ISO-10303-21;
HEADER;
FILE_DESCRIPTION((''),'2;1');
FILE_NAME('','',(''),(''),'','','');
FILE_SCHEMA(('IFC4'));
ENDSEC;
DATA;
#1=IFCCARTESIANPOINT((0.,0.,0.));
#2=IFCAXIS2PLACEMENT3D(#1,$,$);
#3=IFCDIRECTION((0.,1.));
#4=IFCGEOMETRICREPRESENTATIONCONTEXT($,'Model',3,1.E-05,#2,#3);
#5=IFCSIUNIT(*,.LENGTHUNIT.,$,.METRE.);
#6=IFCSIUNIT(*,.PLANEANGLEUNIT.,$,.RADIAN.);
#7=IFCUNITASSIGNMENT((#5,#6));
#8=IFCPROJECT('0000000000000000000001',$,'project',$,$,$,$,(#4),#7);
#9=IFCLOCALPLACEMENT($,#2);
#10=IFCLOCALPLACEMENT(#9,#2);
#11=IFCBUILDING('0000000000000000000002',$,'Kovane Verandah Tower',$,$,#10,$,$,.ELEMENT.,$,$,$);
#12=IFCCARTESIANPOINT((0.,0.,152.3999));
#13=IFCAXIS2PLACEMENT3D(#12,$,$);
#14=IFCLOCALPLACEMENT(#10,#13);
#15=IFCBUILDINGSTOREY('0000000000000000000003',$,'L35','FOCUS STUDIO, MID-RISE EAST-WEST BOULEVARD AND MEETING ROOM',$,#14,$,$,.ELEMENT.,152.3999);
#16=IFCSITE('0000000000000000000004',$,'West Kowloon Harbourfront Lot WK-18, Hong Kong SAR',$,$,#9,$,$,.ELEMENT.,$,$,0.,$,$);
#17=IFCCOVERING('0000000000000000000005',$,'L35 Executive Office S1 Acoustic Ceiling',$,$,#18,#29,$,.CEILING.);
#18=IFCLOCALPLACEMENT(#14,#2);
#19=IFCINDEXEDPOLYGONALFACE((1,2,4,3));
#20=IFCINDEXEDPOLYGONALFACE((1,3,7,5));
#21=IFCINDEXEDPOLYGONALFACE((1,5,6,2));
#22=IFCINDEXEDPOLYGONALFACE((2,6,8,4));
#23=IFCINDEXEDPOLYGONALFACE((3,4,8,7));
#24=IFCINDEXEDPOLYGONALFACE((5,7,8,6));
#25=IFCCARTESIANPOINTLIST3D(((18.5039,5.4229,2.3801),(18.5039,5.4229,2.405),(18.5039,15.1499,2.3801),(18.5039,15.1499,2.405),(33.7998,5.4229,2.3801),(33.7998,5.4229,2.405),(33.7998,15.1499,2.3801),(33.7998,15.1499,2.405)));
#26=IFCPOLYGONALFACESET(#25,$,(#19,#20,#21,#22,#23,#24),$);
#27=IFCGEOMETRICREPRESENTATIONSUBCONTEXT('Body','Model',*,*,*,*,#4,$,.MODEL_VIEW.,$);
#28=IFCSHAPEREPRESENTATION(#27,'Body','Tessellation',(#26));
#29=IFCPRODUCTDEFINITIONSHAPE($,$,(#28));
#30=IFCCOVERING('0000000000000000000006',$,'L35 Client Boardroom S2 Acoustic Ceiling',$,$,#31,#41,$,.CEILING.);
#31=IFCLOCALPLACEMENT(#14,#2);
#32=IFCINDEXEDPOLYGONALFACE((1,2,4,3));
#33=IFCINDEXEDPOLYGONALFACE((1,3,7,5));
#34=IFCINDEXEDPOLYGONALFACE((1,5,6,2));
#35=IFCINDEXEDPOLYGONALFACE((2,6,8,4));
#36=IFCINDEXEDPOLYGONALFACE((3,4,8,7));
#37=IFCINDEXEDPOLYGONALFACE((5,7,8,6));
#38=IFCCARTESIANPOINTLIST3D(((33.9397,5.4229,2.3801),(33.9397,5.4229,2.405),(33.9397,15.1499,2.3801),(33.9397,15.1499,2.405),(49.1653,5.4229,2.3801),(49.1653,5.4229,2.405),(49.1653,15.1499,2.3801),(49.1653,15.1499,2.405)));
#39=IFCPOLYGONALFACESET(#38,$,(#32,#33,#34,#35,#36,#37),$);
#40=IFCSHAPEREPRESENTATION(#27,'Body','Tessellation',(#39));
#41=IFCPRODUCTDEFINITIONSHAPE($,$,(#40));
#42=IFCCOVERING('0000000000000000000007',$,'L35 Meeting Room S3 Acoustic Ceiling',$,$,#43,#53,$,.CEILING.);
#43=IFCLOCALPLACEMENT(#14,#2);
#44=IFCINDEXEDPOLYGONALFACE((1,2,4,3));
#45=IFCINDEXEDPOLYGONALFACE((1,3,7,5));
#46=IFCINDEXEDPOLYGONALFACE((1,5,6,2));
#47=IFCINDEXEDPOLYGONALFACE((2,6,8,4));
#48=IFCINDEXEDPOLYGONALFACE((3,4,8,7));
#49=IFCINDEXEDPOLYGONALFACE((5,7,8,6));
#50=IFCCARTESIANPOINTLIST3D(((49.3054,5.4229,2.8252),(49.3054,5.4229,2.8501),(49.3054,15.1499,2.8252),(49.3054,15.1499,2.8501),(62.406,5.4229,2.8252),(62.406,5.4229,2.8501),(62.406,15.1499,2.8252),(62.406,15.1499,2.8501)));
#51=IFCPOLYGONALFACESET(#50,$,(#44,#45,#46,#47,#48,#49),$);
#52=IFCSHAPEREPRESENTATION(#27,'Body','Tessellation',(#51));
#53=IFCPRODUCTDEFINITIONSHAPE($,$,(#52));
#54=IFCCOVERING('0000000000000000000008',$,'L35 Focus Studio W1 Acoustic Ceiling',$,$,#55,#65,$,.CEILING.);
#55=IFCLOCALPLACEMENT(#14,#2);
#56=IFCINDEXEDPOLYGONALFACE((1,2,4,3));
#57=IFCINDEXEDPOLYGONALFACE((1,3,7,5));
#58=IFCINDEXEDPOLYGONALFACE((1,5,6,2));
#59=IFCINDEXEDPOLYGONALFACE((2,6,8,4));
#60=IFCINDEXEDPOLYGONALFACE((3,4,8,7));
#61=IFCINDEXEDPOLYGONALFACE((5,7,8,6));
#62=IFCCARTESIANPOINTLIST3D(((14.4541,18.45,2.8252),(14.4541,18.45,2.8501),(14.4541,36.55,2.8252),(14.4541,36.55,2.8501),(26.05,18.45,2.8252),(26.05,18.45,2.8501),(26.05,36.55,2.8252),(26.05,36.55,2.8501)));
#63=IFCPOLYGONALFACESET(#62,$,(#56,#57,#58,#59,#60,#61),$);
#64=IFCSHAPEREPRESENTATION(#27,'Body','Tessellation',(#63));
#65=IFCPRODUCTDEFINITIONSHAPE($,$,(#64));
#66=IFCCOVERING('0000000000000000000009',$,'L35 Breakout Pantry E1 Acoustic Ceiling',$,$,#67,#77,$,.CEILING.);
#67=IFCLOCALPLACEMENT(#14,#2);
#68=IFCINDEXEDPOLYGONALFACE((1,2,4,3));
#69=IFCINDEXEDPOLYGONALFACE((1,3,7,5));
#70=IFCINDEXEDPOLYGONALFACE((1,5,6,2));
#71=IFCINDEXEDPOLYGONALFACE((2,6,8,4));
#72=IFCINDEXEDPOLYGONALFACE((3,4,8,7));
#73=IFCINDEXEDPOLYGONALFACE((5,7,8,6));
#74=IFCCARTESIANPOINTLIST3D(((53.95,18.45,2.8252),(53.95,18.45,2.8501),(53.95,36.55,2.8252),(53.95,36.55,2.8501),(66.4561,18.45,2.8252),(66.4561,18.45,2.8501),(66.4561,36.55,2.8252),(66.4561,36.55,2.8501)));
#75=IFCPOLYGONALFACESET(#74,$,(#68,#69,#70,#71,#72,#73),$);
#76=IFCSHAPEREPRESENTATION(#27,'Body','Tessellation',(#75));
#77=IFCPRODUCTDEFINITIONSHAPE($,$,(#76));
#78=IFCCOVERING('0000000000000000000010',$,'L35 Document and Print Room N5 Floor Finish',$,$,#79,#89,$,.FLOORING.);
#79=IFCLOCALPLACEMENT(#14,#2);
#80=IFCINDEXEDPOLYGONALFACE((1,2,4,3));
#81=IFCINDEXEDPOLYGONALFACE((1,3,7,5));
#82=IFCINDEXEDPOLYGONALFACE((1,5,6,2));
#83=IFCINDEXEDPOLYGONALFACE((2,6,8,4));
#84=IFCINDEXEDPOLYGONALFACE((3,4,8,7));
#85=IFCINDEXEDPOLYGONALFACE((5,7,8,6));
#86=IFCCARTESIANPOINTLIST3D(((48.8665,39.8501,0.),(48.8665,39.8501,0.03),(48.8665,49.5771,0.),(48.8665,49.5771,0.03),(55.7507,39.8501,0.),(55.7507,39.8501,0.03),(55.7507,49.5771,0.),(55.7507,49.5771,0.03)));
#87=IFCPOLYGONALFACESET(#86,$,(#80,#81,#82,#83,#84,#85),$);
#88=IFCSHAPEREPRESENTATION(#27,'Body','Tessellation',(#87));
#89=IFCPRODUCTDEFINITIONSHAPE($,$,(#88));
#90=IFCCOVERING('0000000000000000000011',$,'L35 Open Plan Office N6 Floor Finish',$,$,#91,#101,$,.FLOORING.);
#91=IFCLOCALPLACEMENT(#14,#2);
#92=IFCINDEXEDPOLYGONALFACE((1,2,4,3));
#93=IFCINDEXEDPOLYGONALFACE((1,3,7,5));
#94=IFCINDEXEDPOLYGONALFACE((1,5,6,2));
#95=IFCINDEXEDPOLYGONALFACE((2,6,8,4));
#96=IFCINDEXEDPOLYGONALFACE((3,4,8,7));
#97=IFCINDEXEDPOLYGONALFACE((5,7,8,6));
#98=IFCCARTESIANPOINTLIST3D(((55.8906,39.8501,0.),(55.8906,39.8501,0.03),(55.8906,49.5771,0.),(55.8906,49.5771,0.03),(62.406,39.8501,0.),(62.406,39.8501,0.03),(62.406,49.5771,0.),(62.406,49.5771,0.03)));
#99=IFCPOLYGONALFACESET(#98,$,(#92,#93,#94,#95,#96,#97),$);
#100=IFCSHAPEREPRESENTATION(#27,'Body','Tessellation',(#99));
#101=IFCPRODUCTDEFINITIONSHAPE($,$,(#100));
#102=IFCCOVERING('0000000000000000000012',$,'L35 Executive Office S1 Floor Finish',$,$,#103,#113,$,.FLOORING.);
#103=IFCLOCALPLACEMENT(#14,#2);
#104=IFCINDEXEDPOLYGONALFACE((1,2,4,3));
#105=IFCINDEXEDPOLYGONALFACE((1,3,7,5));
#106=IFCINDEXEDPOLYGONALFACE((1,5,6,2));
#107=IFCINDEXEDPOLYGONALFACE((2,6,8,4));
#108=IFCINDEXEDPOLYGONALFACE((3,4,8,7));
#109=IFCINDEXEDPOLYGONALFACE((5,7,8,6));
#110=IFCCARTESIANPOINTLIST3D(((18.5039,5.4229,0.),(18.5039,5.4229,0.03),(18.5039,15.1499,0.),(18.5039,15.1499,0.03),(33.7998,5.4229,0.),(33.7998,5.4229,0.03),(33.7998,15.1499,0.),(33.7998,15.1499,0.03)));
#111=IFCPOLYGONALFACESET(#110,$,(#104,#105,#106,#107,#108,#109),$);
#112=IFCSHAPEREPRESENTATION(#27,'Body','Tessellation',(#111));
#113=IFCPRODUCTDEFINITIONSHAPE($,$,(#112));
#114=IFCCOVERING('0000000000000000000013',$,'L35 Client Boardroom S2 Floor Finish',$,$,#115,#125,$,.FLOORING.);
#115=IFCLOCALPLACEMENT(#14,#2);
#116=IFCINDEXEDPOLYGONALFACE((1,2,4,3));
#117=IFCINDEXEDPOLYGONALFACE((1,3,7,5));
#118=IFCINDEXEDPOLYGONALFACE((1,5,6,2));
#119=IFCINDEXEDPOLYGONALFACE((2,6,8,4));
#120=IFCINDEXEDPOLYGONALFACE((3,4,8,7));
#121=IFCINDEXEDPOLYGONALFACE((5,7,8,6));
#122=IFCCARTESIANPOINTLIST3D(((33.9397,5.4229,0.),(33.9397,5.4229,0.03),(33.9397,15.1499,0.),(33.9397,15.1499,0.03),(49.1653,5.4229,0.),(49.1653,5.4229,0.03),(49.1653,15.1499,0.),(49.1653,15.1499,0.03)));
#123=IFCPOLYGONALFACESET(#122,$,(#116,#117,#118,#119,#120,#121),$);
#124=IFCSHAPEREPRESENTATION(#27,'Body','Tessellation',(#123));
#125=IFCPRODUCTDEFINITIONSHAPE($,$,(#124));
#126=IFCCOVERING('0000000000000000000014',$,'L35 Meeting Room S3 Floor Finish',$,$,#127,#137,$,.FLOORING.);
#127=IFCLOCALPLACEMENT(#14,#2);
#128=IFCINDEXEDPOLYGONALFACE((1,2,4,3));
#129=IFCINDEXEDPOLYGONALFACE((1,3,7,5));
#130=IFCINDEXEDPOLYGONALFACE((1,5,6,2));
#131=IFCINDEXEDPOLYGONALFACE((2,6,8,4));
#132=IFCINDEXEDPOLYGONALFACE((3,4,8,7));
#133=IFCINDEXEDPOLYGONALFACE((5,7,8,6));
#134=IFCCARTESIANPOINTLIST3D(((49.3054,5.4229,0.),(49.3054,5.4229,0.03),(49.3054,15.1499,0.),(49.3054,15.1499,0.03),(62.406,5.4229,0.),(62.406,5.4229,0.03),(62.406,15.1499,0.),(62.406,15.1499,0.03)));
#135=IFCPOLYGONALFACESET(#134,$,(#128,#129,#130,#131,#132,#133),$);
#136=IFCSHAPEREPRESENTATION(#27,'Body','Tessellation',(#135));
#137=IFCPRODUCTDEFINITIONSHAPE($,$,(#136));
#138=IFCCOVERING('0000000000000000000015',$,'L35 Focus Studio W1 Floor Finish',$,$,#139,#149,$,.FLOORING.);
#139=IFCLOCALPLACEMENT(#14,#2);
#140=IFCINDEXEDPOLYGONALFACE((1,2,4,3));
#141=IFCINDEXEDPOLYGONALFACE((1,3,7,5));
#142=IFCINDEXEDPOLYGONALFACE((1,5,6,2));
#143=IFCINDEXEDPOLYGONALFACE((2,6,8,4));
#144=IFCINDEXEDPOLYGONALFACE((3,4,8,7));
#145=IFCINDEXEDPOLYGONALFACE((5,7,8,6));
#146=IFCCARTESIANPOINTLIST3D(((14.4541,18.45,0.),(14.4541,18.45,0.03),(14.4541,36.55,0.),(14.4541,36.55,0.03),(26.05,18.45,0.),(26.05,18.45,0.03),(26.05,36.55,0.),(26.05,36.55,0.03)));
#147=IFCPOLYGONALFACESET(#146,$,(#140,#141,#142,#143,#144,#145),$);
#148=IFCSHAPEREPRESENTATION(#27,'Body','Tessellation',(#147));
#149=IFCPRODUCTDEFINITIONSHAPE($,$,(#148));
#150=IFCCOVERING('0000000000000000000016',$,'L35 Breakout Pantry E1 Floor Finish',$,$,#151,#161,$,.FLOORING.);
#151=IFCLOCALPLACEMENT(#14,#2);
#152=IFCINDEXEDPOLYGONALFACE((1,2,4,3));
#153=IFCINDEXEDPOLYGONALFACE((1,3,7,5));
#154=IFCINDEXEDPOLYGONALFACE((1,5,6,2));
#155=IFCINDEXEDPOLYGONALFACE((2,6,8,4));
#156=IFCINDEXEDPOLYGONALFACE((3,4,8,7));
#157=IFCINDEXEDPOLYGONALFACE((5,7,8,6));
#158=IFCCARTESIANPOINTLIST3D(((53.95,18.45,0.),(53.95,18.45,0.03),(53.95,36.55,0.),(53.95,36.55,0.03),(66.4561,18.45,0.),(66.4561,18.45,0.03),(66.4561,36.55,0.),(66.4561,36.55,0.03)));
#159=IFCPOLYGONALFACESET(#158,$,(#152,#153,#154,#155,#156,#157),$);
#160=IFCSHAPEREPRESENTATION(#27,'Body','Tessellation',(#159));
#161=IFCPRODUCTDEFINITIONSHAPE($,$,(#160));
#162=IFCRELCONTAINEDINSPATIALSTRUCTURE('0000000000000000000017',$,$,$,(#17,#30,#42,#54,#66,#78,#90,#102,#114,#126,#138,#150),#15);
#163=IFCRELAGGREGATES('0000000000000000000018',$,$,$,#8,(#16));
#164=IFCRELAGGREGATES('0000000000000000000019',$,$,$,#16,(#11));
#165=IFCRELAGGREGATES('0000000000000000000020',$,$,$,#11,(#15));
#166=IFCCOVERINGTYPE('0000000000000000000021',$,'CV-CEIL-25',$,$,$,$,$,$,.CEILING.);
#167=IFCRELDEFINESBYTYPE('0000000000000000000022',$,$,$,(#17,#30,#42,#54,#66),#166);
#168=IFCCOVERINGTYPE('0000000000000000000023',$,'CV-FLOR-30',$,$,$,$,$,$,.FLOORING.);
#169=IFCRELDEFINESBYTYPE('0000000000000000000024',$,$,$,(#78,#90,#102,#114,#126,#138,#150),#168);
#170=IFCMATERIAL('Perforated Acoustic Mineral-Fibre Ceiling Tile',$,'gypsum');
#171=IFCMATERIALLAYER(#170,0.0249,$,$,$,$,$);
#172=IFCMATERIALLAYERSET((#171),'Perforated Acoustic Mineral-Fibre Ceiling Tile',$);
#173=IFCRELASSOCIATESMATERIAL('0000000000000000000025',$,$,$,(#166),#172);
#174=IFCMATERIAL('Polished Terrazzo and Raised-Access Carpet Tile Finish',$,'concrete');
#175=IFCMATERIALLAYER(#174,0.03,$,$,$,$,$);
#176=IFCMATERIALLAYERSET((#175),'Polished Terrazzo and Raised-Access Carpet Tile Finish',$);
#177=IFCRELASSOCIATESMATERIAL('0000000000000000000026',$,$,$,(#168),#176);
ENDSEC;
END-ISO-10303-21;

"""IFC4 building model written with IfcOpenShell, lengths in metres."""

from ifc_helpers import new_model, si_unit, direction, frame, origin, place, context, subcontext, project, spatial, polyline, outline, extrude, material, layer, layer_set, type_object, element, save


model = new_model("IFC4")

# Units and contexts
model_context = context("Model", 3, precision=1e-05, world=origin(), true_north=direction((0.0, 1.0)))
body_context = subcontext(model_context, "Body", "Model", "MODEL_VIEW")
ifc_project = project(units=[si_unit("LENGTHUNIT", "METRE"), si_unit("PLANEANGLEUNIT", "RADIAN")], contexts=[model_context])

# Site, building, storey
site_placement = place(None, origin())
site = spatial("IfcSite", under=ifc_project, at=site_placement, Name="West Kowloon Harbourfront Lot WK-18, Hong Kong SAR", CompositionType="ELEMENT", RefElevation=0.0)
building_placement = place(site_placement, origin())
building = spatial("IfcBuilding", under=site, at=building_placement, Name="Kovane Verandah Tower", CompositionType="ELEMENT")
storey_placement = place(building_placement, frame((0.0, 0.0, 152.3999)))
storey = spatial("IfcBuildingStorey", under=building, at=storey_placement, Name="L35", Description="FOCUS STUDIO, MID-RISE EAST-WEST BOULEVARD AND MEETING ROOM", CompositionType="ELEMENT", Elevation=152.3999)

# Coverings
ifc_material_1 = material(Name="Perforated Acoustic Mineral-Fibre Ceiling Tile", Category="gypsum")
ifc_layer_1 = layer(ifc_material_1, 0.0249)
ifc_layer_set_1 = layer_set([ifc_layer_1], Name="Perforated Acoustic Mineral-Fibre Ceiling Tile")
covering_type_1 = type_object("IfcCoveringType", Name="CV-CEIL-25", PredefinedType="CEILING", material=ifc_layer_set_1)
covering_1_placement = place(storey_placement, frame((0.0, 0.0, 2.3801)))
element("IfcCovering", 1, at=covering_1_placement, inside=storey, type_object=covering_type_1, Name="L35 Executive Office S1 Acoustic Ceiling", PredefinedType="CEILING", context=body_context, shape_type="SweptSolid", body=[
    extrude(outline(polyline([(18.5039, 5.4229), (33.7998, 5.4229), (33.7998, 15.1499), (18.5039, 15.1499), (18.5039, 5.4229)])), origin(), (0.0, 0.0, 1.0), 0.0249),
])
covering_2_placement = place(storey_placement, frame((0.0, 0.0, 2.3801)))
element("IfcCovering", 2, at=covering_2_placement, inside=storey, type_object=covering_type_1, Name="L35 Client Boardroom S2 Acoustic Ceiling", PredefinedType="CEILING", context=body_context, shape_type="SweptSolid", body=[
    extrude(outline(polyline([(33.9397, 5.4229), (49.1653, 5.4229), (49.1653, 15.1499), (33.9397, 15.1499), (33.9397, 5.4229)])), origin(), (0.0, 0.0, 1.0), 0.0249),
])
covering_3_placement = place(storey_placement, frame((0.0, 0.0, 2.8252)))
element("IfcCovering", 3, at=covering_3_placement, inside=storey, type_object=covering_type_1, Name="L35 Meeting Room S3 Acoustic Ceiling", PredefinedType="CEILING", context=body_context, shape_type="SweptSolid", body=[
    extrude(outline(polyline([(49.3054, 5.4229), (62.406, 5.4229), (62.406, 15.1499), (49.3054, 15.1499), (49.3054, 5.4229)])), origin(), (0.0, 0.0, 1.0), 0.0249),
])
covering_4_placement = place(storey_placement, frame((0.0, 0.0, 2.8252)))
element("IfcCovering", 4, at=covering_4_placement, inside=storey, type_object=covering_type_1, Name="L35 Focus Studio W1 Acoustic Ceiling", PredefinedType="CEILING", context=body_context, shape_type="SweptSolid", body=[
    extrude(outline(polyline([(14.4541, 18.45), (26.05, 18.45), (26.05, 36.55), (14.4541, 36.55), (14.4541, 18.45)])), origin(), (0.0, 0.0, 1.0), 0.0249),
])
covering_5_placement = place(storey_placement, frame((0.0, 0.0, 2.8252)))
element("IfcCovering", 5, at=covering_5_placement, inside=storey, type_object=covering_type_1, Name="L35 Breakout Pantry E1 Acoustic Ceiling", PredefinedType="CEILING", context=body_context, shape_type="SweptSolid", body=[
    extrude(outline(polyline([(53.95, 18.45), (66.4561, 18.45), (66.4561, 36.55), (53.95, 36.55), (53.95, 18.45)])), origin(), (0.0, 0.0, 1.0), 0.0249),
])
ifc_material_2 = material(Name="Polished Terrazzo and Raised-Access Carpet Tile Finish", Category="concrete")
ifc_layer_2 = layer(ifc_material_2, 0.03)
ifc_layer_set_2 = layer_set([ifc_layer_2], Name="Polished Terrazzo and Raised-Access Carpet Tile Finish")
covering_type_2 = type_object("IfcCoveringType", Name="CV-FLOR-30", PredefinedType="FLOORING", material=ifc_layer_set_2)
covering_6_placement = place(storey_placement, origin())
element("IfcCovering", 6, at=covering_6_placement, inside=storey, type_object=covering_type_2, Name="L35 Document and Print Room N5 Floor Finish", PredefinedType="FLOORING", context=body_context, shape_type="SweptSolid", body=[
    extrude(outline(polyline([(48.8665, 39.8501), (55.7507, 39.8501), (55.7507, 49.5771), (48.8665, 49.5771), (48.8665, 39.8501)])), origin(), (0.0, 0.0, 1.0), 0.03),
])
covering_7_placement = place(storey_placement, origin())
element("IfcCovering", 7, at=covering_7_placement, inside=storey, type_object=covering_type_2, Name="L35 Open Plan Office N6 Floor Finish", PredefinedType="FLOORING", context=body_context, shape_type="SweptSolid", body=[
    extrude(outline(polyline([(55.8906, 39.8501), (62.406, 39.8501), (62.406, 49.5771), (55.8906, 49.5771), (55.8906, 39.8501)])), origin(), (0.0, 0.0, 1.0), 0.03),
])
covering_8_placement = place(storey_placement, origin())
element("IfcCovering", 8, at=covering_8_placement, inside=storey, type_object=covering_type_2, Name="L35 Executive Office S1 Floor Finish", PredefinedType="FLOORING", context=body_context, shape_type="SweptSolid", body=[
    extrude(outline(polyline([(18.5039, 5.4229), (33.7998, 5.4229), (33.7998, 15.1499), (18.5039, 15.1499), (18.5039, 5.4229)])), origin(), (0.0, 0.0, 1.0), 0.03),
])
covering_9_placement = place(storey_placement, origin())
element("IfcCovering", 9, at=covering_9_placement, inside=storey, type_object=covering_type_2, Name="L35 Client Boardroom S2 Floor Finish", PredefinedType="FLOORING", context=body_context, shape_type="SweptSolid", body=[
    extrude(outline(polyline([(33.9397, 5.4229), (49.1653, 5.4229), (49.1653, 15.1499), (33.9397, 15.1499), (33.9397, 5.4229)])), origin(), (0.0, 0.0, 1.0), 0.03),
])
covering_10_placement = place(storey_placement, origin())
element("IfcCovering", 10, at=covering_10_placement, inside=storey, type_object=covering_type_2, Name="L35 Meeting Room S3 Floor Finish", PredefinedType="FLOORING", context=body_context, shape_type="SweptSolid", body=[
    extrude(outline(polyline([(49.3054, 5.4229), (62.406, 5.4229), (62.406, 15.1499), (49.3054, 15.1499), (49.3054, 5.4229)])), origin(), (0.0, 0.0, 1.0), 0.03),
])
covering_11_placement = place(storey_placement, origin())
element("IfcCovering", 11, at=covering_11_placement, inside=storey, type_object=covering_type_2, Name="L35 Focus Studio W1 Floor Finish", PredefinedType="FLOORING", context=body_context, shape_type="SweptSolid", body=[
    extrude(outline(polyline([(14.4541, 18.45), (26.05, 18.45), (26.05, 36.55), (14.4541, 36.55), (14.4541, 18.45)])), origin(), (0.0, 0.0, 1.0), 0.03),
])
covering_12_placement = place(storey_placement, origin())
element("IfcCovering", 12, at=covering_12_placement, inside=storey, type_object=covering_type_2, Name="L35 Breakout Pantry E1 Floor Finish", PredefinedType="FLOORING", context=body_context, shape_type="SweptSolid", body=[
    extrude(outline(polyline([(53.95, 18.45), (66.4561, 18.45), (66.4561, 36.55), (53.95, 36.55), (53.95, 18.45)])), origin(), (0.0, 0.0, 1.0), 0.03),
])

save(model, "model.ifc")
